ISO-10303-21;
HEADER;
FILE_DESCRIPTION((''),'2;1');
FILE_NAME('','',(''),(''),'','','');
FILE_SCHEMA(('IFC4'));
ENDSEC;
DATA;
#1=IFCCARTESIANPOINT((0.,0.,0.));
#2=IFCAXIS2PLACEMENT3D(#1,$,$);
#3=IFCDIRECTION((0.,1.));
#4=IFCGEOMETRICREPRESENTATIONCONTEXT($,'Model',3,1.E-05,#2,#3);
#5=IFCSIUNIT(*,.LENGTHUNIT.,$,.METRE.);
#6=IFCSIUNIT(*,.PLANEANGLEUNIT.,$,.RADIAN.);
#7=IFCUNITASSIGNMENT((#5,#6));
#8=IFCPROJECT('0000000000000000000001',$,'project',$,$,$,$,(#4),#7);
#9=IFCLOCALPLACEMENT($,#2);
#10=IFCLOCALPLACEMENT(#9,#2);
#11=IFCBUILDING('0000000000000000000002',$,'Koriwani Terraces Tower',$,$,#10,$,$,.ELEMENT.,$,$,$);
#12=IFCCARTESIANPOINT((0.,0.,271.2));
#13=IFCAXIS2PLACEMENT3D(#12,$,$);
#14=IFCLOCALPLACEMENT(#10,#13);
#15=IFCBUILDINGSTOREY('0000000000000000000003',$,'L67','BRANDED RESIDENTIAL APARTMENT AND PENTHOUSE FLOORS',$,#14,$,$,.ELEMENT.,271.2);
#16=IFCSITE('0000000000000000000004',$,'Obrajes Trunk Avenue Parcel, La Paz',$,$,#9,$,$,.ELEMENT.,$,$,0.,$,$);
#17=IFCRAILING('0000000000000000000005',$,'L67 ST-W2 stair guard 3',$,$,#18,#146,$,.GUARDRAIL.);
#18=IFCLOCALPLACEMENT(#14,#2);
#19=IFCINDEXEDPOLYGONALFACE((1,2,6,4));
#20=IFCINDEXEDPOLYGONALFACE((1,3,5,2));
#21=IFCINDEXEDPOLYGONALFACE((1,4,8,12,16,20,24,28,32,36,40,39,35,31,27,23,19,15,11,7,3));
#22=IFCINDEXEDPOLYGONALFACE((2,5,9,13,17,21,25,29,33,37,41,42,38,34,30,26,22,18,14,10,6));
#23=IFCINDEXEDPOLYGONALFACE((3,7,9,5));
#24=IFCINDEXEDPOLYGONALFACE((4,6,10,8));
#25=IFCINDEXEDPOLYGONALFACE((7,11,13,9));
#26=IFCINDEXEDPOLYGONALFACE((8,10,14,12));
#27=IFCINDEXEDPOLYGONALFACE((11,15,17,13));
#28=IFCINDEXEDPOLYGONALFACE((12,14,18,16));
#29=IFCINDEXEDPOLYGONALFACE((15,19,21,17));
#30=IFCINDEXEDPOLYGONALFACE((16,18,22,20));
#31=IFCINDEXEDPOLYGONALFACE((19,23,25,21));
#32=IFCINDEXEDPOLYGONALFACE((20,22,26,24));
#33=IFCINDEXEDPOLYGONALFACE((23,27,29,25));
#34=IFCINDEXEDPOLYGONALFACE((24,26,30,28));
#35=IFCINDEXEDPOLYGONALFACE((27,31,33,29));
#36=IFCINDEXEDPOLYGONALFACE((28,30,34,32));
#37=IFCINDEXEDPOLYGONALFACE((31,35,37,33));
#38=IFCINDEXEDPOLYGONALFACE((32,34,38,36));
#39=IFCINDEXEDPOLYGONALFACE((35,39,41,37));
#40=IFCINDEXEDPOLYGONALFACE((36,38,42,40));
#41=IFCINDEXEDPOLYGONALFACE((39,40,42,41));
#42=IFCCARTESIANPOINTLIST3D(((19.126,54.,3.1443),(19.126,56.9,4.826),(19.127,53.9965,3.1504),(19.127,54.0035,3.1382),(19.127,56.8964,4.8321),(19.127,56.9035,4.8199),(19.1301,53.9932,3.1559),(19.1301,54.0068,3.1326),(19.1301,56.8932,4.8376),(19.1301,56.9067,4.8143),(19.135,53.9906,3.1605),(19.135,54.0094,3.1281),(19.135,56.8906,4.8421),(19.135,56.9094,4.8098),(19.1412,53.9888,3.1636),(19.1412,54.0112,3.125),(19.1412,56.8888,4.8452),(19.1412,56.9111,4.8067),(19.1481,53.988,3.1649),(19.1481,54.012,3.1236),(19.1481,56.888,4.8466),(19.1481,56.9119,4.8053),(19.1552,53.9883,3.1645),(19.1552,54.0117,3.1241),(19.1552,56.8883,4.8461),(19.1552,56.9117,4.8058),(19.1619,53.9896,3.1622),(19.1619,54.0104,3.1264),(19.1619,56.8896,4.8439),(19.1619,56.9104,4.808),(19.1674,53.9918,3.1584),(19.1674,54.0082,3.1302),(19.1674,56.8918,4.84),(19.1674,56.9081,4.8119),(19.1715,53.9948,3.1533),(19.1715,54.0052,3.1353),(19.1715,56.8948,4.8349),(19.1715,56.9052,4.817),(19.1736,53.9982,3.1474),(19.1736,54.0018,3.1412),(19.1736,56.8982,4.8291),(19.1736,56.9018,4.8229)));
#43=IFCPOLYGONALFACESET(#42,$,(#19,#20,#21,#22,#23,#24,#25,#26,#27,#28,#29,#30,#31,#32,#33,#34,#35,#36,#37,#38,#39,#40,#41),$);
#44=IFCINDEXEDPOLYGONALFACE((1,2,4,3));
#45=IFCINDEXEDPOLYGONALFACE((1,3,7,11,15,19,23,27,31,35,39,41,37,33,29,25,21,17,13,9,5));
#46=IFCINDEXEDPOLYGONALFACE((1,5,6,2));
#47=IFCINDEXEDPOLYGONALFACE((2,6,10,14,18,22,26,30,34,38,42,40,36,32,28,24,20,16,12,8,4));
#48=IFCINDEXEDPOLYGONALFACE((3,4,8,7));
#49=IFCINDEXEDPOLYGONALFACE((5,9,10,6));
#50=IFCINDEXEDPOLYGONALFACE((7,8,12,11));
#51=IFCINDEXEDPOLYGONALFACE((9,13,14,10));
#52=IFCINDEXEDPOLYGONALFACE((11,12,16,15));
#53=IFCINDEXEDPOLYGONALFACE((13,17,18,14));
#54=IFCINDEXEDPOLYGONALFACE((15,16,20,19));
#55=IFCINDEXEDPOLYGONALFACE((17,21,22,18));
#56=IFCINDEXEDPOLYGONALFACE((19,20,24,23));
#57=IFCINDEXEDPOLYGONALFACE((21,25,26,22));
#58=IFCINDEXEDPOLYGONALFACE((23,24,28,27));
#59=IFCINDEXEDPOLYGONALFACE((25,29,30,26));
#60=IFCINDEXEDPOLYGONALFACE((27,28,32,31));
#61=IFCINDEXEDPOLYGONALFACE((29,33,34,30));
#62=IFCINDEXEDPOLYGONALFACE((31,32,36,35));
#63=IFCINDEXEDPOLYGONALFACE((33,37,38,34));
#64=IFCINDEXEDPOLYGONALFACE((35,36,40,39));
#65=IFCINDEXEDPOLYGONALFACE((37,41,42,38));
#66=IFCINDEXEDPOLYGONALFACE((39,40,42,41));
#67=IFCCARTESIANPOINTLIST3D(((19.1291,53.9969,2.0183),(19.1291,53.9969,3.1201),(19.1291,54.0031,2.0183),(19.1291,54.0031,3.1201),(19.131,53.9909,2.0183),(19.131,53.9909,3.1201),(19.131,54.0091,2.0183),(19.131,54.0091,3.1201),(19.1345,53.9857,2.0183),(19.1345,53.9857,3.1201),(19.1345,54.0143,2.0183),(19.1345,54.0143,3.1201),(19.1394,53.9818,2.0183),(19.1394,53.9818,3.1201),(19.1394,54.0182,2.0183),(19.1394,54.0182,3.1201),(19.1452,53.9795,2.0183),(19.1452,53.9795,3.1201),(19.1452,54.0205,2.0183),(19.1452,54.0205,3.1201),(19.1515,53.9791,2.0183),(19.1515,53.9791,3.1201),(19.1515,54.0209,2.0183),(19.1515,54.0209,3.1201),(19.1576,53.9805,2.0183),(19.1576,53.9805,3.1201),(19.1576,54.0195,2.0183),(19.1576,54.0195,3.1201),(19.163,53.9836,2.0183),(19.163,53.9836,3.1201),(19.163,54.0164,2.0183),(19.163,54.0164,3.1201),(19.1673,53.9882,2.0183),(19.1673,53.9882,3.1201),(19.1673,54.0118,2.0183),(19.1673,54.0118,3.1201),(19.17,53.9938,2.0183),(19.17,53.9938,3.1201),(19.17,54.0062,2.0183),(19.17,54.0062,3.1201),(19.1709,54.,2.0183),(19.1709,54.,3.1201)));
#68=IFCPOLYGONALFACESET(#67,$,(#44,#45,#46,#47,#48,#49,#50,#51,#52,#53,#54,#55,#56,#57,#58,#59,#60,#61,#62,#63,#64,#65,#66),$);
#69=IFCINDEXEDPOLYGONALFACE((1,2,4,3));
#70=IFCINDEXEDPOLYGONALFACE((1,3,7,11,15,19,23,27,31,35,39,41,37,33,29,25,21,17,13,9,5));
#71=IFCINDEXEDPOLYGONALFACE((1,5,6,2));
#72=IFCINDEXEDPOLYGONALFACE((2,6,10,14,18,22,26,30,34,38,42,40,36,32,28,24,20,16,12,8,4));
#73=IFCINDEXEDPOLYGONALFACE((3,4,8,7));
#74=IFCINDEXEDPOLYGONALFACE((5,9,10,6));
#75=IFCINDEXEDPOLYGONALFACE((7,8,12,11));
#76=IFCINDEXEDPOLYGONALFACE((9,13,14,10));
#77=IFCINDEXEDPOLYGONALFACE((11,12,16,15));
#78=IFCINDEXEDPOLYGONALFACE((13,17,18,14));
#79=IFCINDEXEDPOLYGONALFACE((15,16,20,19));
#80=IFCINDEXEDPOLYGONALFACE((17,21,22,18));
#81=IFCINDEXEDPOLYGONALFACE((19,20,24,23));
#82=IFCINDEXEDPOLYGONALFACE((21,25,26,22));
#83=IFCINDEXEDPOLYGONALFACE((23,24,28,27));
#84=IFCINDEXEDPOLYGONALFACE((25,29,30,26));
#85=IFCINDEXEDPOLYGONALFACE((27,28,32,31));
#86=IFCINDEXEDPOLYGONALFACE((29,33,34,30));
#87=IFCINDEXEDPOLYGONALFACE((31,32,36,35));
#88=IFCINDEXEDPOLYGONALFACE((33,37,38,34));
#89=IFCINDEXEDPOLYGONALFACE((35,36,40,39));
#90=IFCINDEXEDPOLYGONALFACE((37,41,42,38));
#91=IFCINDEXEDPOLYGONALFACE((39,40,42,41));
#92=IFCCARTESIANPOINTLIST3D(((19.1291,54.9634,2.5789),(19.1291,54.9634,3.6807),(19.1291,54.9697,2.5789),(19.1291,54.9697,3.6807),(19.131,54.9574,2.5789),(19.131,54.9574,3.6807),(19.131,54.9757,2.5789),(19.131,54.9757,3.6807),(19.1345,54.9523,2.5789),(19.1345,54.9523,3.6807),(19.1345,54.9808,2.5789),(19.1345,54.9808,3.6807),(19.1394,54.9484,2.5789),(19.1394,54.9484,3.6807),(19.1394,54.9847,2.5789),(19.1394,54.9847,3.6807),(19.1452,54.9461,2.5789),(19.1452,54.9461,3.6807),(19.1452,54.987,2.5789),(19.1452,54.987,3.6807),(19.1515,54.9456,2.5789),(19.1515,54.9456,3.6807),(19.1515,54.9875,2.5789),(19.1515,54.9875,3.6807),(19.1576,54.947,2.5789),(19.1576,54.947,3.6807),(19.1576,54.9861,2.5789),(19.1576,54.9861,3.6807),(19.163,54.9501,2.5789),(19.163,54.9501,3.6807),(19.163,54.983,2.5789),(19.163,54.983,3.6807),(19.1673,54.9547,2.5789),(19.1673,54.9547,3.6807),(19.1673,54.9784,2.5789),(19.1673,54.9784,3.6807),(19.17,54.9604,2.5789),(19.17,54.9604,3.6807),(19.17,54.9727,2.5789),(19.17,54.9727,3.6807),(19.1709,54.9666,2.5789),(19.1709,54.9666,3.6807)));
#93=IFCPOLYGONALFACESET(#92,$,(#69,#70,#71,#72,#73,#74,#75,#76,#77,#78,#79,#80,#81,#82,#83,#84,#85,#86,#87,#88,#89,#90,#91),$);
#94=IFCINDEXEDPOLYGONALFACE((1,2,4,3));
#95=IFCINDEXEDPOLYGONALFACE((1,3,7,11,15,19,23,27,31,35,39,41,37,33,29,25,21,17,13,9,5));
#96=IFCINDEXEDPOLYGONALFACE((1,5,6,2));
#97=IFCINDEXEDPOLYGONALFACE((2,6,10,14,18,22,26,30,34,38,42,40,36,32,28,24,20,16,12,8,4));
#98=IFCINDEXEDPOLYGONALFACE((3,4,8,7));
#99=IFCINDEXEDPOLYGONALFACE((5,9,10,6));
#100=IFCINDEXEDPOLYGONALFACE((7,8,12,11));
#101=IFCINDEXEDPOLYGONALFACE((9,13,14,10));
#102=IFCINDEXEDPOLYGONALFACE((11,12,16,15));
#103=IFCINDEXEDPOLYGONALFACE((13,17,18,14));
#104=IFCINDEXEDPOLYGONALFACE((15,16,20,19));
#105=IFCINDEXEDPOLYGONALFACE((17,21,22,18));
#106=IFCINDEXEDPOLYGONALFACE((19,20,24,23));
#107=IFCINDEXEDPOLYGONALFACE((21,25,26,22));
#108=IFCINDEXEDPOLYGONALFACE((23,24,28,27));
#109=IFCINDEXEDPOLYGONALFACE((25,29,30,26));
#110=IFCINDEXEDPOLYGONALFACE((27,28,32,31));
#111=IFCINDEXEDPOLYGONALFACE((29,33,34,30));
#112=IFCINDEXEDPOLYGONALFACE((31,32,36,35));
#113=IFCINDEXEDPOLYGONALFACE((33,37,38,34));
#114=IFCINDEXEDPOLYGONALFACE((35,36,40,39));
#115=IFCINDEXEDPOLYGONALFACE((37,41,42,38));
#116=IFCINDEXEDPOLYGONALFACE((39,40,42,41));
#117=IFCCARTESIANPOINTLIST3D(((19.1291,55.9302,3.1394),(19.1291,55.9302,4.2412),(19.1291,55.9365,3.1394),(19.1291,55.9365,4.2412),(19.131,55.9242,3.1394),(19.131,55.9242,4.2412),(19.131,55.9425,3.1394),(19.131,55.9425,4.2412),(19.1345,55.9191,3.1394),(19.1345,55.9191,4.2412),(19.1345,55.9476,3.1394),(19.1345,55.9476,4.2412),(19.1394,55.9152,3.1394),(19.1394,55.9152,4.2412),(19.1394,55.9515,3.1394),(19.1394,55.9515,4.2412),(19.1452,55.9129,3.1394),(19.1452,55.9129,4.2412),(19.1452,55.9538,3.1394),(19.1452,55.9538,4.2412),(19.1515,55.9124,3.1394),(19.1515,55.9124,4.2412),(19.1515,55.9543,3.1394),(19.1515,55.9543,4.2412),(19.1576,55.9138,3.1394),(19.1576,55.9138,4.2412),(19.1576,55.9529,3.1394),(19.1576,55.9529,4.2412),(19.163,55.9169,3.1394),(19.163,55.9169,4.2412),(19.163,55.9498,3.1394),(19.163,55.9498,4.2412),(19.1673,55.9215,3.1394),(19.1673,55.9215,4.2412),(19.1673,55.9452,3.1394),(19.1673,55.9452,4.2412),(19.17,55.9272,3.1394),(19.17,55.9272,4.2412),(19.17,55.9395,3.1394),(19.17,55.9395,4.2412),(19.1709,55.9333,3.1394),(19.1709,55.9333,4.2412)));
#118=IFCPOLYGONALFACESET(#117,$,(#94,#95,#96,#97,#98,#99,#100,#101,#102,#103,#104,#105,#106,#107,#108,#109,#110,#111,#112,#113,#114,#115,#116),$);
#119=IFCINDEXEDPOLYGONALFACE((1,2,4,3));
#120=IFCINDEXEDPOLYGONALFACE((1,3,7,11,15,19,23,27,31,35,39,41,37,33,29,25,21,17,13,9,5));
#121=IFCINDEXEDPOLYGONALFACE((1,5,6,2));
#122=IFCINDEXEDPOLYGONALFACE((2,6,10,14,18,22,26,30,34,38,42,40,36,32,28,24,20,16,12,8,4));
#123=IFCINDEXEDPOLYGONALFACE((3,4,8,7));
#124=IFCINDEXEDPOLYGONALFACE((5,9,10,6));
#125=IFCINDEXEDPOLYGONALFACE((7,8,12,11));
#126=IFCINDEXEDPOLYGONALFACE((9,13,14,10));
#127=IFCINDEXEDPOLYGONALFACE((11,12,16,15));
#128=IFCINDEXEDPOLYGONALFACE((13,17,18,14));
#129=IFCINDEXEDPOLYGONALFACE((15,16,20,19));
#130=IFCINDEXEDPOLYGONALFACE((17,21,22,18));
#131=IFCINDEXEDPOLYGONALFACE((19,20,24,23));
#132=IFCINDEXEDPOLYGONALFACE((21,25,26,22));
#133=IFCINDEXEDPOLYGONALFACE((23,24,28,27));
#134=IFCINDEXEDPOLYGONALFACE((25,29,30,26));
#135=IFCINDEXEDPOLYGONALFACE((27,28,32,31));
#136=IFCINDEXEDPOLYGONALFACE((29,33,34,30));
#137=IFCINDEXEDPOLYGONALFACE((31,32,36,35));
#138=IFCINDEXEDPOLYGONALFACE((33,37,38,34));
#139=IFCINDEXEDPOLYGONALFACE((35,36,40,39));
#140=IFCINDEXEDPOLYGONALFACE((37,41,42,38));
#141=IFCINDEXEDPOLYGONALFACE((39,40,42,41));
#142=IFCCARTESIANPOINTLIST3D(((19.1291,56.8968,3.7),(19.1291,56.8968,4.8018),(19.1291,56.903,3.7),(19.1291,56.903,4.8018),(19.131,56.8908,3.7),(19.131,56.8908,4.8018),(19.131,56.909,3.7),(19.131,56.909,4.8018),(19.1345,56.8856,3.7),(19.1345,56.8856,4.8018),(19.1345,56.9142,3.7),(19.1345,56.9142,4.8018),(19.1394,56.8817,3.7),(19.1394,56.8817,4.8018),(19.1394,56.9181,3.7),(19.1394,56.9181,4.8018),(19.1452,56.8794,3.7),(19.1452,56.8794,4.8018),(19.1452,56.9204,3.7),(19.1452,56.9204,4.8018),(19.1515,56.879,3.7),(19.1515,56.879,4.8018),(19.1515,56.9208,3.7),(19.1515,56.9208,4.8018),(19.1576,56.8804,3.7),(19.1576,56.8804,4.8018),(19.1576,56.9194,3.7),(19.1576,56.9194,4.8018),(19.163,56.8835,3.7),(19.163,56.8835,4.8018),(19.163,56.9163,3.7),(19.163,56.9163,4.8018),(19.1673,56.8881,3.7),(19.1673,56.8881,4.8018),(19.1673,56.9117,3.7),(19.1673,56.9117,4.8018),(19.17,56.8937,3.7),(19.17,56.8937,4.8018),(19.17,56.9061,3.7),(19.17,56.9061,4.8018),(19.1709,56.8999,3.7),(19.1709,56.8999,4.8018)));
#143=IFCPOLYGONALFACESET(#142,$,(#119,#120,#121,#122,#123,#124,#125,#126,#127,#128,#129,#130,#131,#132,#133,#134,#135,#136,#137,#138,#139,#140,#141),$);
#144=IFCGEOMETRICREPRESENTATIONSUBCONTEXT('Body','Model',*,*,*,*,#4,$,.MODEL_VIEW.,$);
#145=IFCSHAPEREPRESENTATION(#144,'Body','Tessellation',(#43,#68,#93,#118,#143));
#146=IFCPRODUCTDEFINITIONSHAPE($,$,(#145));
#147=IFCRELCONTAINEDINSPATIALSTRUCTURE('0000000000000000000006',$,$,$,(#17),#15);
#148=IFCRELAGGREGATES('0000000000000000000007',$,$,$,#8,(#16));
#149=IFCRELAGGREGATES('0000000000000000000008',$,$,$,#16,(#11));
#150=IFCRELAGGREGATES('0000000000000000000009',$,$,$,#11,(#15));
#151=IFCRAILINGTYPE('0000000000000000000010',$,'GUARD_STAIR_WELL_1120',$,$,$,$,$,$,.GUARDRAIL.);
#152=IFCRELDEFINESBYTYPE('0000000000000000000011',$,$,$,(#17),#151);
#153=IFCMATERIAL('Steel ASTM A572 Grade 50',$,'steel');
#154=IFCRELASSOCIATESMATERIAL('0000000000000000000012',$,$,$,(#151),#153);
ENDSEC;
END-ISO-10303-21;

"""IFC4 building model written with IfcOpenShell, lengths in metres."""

from ifc_helpers import new_model, si_unit, direction, frame, origin, origin_2d, place, context, subcontext, project, spatial, circle, extrude, material, type_object, element, save


model = new_model("IFC4")

# Units and contexts
model_context = context("Model", 3, precision=1e-05, world=origin(), true_north=direction((0.0, 1.0)))
body_context = subcontext(model_context, "Body", "Model", "MODEL_VIEW")
ifc_project = project(units=[si_unit("LENGTHUNIT", "METRE"), si_unit("PLANEANGLEUNIT", "RADIAN")], contexts=[model_context])

# Site, building, storey
site_placement = place(None, origin())
site = spatial("IfcSite", under=ifc_project, at=site_placement, Name="Obrajes Trunk Avenue Parcel, La Paz", CompositionType="ELEMENT", RefElevation=0.0)
building_placement = place(site_placement, origin())
building = spatial("IfcBuilding", under=site, at=building_placement, Name="Koriwani Terraces Tower", CompositionType="ELEMENT")
storey_placement = place(building_placement, frame((0.0, 0.0, 271.2)))
storey = spatial("IfcBuildingStorey", under=building, at=storey_placement, Name="L67", Description="BRANDED RESIDENTIAL APARTMENT AND PENTHOUSE FLOORS", CompositionType="ELEMENT", Elevation=271.2)

# Shared definitions
ifc_material_1 = material(Name="Steel ASTM A572 Grade 50", Category="steel")

# Railing
railing_type_1 = type_object("IfcRailingType", Name="GUARD_STAIR_WELL_1120", PredefinedType="GUARDRAIL", material=ifc_material_1)
railing_1_placement = place(storey_placement, frame((19.1499, 54.0, 2.0183)))
element("IfcRailing", 1, at=railing_1_placement, inside=storey, type_object=railing_type_1, Name="L67 ST-W2 stair guard 3", PredefinedType="GUARDRAIL", context=body_context, shape_type="SweptSolid", body=[
    extrude(circle(Radius=0.0239, at=origin_2d()), frame((0.0, 0.0, 1.126), z_axis=(0.0, 0.86507, 0.501651), x_axis=(-1.0, 0.0, 0.0)), (0.0, 0.0, 1.0), 3.3523),
    extrude(circle(Radius=0.021, at=origin_2d()), origin(), (0.0, 0.0, 1.0), 1.1018),
    extrude(circle(Radius=0.021, at=origin_2d()), frame((0.0, 0.9666, 0.5605)), (0.0, 0.0, 1.0), 1.1018),
    extrude(circle(Radius=0.021, at=origin_2d()), frame((0.0, 1.9333, 1.1211)), (0.0, 0.0, 1.0), 1.1018),
    extrude(circle(Radius=0.021, at=origin_2d()), frame((0.0, 2.8999, 1.6816)), (0.0, 0.0, 1.0), 1.1018),
])

save(model, "model.ifc")
